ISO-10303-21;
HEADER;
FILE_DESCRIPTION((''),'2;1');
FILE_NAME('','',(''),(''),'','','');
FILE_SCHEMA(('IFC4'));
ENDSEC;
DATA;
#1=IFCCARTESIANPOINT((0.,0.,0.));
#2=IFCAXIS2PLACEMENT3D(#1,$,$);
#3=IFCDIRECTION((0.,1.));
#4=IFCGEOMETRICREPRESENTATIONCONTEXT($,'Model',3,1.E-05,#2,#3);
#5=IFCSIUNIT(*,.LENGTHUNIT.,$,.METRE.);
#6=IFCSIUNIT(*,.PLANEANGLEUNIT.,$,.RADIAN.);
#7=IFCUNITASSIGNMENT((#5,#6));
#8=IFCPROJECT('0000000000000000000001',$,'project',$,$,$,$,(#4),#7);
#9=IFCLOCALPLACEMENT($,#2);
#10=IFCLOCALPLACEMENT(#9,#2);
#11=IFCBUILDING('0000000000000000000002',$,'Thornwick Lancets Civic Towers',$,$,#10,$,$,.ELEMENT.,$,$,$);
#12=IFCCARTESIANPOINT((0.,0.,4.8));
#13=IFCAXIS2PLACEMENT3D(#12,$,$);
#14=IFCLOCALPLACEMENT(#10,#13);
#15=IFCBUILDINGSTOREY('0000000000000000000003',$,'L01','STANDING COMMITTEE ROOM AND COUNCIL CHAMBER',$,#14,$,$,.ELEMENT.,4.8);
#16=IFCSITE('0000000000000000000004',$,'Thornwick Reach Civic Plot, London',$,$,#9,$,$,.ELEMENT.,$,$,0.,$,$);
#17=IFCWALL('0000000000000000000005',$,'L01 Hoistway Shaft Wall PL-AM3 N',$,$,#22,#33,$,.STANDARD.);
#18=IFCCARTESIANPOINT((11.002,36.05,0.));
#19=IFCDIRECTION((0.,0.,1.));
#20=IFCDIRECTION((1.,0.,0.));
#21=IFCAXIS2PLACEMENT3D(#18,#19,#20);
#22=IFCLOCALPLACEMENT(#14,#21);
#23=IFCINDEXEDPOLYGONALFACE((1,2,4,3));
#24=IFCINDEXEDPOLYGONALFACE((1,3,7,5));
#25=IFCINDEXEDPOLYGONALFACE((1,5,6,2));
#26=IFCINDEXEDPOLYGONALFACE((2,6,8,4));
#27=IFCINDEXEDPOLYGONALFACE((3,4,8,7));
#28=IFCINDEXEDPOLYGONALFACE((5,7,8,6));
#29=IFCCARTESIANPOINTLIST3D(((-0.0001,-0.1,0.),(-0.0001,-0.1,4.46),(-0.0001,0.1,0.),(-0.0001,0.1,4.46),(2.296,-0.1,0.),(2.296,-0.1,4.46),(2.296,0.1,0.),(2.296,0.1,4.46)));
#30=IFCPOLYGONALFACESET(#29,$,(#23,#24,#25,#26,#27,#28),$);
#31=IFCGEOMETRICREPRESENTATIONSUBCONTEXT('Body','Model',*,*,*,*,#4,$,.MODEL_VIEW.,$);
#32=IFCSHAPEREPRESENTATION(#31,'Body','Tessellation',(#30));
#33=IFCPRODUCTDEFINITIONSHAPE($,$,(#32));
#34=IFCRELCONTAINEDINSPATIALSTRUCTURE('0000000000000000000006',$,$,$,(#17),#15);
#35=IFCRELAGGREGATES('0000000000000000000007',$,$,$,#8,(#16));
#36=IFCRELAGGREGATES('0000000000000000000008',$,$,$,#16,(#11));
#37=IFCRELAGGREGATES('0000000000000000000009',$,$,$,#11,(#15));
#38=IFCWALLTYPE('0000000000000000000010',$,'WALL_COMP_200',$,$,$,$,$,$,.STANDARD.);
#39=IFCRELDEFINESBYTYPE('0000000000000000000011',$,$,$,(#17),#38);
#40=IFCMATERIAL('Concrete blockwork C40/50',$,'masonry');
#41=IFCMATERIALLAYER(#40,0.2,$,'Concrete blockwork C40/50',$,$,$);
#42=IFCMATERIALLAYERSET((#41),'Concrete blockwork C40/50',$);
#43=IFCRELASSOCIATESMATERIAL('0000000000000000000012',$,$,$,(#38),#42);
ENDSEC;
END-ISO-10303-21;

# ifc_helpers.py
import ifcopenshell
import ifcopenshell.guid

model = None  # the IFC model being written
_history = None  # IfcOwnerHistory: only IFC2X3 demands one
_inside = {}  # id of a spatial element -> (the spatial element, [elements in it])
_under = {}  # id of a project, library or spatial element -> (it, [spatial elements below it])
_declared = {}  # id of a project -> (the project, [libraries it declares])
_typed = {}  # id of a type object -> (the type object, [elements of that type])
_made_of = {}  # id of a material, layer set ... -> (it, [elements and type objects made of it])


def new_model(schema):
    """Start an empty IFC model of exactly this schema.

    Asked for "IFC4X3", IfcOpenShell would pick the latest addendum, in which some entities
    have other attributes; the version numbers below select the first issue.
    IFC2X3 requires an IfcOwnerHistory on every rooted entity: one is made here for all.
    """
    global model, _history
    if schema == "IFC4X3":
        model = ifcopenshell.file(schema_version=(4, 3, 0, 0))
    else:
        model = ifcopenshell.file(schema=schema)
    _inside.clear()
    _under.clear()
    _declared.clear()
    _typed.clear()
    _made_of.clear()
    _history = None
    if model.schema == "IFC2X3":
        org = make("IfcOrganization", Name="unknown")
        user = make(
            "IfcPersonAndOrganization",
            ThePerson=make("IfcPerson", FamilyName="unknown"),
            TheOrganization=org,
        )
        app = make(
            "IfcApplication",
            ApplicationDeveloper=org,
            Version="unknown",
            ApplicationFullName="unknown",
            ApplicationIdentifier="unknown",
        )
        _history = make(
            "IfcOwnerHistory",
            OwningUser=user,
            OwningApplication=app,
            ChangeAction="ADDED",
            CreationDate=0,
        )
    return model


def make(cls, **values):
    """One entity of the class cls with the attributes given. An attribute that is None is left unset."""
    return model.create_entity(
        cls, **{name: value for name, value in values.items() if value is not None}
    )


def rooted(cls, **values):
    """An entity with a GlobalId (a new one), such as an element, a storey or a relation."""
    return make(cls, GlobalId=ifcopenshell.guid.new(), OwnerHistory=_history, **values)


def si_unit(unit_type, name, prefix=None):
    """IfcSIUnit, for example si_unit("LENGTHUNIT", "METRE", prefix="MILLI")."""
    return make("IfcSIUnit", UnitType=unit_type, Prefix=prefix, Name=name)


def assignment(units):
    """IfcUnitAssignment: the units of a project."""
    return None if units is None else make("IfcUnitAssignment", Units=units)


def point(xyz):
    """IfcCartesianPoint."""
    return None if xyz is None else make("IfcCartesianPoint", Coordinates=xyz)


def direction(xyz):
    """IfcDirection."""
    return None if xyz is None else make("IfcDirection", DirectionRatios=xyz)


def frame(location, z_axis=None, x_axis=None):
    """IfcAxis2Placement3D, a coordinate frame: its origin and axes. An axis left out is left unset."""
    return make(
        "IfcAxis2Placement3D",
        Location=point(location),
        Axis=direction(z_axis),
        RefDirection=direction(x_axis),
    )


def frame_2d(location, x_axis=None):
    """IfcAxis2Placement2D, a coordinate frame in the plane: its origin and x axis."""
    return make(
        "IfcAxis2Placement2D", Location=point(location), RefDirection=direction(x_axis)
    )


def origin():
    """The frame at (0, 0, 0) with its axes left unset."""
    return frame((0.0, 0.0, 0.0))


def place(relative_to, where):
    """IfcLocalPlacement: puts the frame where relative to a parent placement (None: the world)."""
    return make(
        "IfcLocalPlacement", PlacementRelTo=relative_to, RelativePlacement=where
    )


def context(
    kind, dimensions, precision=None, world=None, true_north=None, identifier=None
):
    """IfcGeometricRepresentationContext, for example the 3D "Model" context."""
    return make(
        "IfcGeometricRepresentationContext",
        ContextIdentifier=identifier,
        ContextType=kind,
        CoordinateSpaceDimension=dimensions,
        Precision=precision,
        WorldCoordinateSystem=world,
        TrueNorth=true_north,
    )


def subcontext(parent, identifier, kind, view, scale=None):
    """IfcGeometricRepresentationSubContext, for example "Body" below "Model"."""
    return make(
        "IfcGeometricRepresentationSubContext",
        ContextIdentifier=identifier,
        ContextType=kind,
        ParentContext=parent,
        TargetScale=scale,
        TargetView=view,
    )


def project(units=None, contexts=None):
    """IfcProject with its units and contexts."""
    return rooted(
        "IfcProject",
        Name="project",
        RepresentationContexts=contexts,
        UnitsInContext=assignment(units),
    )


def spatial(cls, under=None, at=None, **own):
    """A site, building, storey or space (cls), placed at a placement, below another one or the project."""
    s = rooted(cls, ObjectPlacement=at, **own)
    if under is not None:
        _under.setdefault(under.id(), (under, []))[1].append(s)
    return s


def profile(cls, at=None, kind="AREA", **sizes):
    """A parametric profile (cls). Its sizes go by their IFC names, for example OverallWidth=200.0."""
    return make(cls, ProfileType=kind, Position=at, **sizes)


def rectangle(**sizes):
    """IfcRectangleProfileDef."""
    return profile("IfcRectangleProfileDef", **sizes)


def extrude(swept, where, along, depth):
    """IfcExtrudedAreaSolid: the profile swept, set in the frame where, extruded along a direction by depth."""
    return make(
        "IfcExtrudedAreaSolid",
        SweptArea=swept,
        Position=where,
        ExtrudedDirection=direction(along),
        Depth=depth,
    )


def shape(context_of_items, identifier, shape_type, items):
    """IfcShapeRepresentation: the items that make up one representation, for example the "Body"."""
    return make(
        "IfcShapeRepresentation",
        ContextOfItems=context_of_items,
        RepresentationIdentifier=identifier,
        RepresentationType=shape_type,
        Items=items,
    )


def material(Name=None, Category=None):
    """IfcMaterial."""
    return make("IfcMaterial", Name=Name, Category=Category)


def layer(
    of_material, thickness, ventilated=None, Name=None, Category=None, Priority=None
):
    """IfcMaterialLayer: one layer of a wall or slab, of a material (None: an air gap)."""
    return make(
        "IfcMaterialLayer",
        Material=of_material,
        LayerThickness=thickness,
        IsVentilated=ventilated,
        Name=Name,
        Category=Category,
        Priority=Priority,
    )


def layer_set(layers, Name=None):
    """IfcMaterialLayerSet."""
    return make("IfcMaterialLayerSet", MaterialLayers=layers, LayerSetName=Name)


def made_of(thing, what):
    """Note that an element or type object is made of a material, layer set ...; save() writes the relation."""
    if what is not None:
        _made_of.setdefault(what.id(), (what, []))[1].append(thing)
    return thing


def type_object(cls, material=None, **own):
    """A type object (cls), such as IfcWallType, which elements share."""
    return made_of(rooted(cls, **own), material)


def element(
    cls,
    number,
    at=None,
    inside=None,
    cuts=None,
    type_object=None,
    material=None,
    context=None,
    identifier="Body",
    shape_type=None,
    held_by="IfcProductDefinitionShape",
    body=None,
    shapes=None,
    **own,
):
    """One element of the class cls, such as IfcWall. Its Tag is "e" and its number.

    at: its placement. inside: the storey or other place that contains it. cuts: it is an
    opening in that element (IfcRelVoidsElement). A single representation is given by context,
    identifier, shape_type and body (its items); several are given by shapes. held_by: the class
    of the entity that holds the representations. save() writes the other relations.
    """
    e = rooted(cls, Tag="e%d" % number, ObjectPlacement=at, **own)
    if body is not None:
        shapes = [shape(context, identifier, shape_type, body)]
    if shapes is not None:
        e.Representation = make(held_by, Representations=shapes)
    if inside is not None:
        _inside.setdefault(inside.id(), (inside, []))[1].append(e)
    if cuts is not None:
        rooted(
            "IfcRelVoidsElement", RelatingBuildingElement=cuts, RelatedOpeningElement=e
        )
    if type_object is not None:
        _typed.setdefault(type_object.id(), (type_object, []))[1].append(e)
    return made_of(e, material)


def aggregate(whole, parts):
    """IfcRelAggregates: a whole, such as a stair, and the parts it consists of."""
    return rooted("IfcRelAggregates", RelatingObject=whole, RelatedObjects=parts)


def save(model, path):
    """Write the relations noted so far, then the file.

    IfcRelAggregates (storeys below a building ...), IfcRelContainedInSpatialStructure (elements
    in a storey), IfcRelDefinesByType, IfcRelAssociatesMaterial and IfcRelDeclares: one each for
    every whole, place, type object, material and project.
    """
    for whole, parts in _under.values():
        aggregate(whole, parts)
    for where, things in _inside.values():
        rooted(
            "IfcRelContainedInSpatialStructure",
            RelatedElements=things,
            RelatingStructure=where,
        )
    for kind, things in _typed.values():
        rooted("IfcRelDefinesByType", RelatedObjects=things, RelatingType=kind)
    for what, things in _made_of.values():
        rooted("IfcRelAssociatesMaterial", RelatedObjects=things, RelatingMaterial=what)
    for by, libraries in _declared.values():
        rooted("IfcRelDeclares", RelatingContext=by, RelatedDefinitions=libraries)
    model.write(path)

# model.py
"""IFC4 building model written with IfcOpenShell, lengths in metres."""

from ifc_helpers import new_model, si_unit, direction, frame, frame_2d, origin, place, context, subcontext, project, spatial, rectangle, extrude, material, layer, layer_set, type_object, element, save


model = new_model("IFC4")

# Units and contexts
model_context = context("Model", 3, precision=1e-05, world=origin(), true_north=direction((0.0, 1.0)))
body_context = subcontext(model_context, "Body", "Model", "MODEL_VIEW")
ifc_project = project(units=[si_unit("LENGTHUNIT", "METRE"), si_unit("PLANEANGLEUNIT", "RADIAN")], contexts=[model_context])

# Site, building, storey
site_placement = place(None, origin())
site = spatial("IfcSite", under=ifc_project, at=site_placement, Name="Thornwick Reach Civic Plot, London", CompositionType="ELEMENT", RefElevation=0.0)
building_placement = place(site_placement, origin())
building = spatial("IfcBuilding", under=site, at=building_placement, Name="Thornwick Lancets Civic Towers", CompositionType="ELEMENT")
storey_placement = place(building_placement, frame((0.0, 0.0, 4.8)))
storey = spatial("IfcBuildingStorey", under=building, at=storey_placement, Name="L01", Description="STANDING COMMITTEE ROOM AND COUNCIL CHAMBER", CompositionType="ELEMENT", Elevation=4.8)

# Shared definitions
ifc_material_1 = material(Name="Concrete blockwork C40/50", Category="masonry")
ifc_layer_1 = layer(ifc_material_1, 0.2, Name="Concrete blockwork C40/50")
ifc_layer_set_1 = layer_set([ifc_layer_1], Name="Concrete blockwork C40/50")
wall_type_1 = type_object("IfcWallType", Name="WALL_COMP_200", PredefinedType="STANDARD", material=ifc_layer_set_1)

# Wall
wall_1_placement = place(storey_placement, frame((11.002, 36.05, 0.0), z_axis=(0.0, 0.0, 1.0), x_axis=(1.0, 0.0, 0.0)))
element("IfcWall", 1, at=wall_1_placement, inside=storey, type_object=wall_type_1, Name="L01 Hoistway Shaft Wall PL-AM3 N", PredefinedType="STANDARD", context=body_context, shape_type="SweptSolid", body=[
    extrude(rectangle(XDim=2.2961, YDim=0.2, at=frame_2d((1.1479, 0.0))), origin(), (0.0, 0.0, 1.0), 4.46),
])

save(model, "model.ifc")
